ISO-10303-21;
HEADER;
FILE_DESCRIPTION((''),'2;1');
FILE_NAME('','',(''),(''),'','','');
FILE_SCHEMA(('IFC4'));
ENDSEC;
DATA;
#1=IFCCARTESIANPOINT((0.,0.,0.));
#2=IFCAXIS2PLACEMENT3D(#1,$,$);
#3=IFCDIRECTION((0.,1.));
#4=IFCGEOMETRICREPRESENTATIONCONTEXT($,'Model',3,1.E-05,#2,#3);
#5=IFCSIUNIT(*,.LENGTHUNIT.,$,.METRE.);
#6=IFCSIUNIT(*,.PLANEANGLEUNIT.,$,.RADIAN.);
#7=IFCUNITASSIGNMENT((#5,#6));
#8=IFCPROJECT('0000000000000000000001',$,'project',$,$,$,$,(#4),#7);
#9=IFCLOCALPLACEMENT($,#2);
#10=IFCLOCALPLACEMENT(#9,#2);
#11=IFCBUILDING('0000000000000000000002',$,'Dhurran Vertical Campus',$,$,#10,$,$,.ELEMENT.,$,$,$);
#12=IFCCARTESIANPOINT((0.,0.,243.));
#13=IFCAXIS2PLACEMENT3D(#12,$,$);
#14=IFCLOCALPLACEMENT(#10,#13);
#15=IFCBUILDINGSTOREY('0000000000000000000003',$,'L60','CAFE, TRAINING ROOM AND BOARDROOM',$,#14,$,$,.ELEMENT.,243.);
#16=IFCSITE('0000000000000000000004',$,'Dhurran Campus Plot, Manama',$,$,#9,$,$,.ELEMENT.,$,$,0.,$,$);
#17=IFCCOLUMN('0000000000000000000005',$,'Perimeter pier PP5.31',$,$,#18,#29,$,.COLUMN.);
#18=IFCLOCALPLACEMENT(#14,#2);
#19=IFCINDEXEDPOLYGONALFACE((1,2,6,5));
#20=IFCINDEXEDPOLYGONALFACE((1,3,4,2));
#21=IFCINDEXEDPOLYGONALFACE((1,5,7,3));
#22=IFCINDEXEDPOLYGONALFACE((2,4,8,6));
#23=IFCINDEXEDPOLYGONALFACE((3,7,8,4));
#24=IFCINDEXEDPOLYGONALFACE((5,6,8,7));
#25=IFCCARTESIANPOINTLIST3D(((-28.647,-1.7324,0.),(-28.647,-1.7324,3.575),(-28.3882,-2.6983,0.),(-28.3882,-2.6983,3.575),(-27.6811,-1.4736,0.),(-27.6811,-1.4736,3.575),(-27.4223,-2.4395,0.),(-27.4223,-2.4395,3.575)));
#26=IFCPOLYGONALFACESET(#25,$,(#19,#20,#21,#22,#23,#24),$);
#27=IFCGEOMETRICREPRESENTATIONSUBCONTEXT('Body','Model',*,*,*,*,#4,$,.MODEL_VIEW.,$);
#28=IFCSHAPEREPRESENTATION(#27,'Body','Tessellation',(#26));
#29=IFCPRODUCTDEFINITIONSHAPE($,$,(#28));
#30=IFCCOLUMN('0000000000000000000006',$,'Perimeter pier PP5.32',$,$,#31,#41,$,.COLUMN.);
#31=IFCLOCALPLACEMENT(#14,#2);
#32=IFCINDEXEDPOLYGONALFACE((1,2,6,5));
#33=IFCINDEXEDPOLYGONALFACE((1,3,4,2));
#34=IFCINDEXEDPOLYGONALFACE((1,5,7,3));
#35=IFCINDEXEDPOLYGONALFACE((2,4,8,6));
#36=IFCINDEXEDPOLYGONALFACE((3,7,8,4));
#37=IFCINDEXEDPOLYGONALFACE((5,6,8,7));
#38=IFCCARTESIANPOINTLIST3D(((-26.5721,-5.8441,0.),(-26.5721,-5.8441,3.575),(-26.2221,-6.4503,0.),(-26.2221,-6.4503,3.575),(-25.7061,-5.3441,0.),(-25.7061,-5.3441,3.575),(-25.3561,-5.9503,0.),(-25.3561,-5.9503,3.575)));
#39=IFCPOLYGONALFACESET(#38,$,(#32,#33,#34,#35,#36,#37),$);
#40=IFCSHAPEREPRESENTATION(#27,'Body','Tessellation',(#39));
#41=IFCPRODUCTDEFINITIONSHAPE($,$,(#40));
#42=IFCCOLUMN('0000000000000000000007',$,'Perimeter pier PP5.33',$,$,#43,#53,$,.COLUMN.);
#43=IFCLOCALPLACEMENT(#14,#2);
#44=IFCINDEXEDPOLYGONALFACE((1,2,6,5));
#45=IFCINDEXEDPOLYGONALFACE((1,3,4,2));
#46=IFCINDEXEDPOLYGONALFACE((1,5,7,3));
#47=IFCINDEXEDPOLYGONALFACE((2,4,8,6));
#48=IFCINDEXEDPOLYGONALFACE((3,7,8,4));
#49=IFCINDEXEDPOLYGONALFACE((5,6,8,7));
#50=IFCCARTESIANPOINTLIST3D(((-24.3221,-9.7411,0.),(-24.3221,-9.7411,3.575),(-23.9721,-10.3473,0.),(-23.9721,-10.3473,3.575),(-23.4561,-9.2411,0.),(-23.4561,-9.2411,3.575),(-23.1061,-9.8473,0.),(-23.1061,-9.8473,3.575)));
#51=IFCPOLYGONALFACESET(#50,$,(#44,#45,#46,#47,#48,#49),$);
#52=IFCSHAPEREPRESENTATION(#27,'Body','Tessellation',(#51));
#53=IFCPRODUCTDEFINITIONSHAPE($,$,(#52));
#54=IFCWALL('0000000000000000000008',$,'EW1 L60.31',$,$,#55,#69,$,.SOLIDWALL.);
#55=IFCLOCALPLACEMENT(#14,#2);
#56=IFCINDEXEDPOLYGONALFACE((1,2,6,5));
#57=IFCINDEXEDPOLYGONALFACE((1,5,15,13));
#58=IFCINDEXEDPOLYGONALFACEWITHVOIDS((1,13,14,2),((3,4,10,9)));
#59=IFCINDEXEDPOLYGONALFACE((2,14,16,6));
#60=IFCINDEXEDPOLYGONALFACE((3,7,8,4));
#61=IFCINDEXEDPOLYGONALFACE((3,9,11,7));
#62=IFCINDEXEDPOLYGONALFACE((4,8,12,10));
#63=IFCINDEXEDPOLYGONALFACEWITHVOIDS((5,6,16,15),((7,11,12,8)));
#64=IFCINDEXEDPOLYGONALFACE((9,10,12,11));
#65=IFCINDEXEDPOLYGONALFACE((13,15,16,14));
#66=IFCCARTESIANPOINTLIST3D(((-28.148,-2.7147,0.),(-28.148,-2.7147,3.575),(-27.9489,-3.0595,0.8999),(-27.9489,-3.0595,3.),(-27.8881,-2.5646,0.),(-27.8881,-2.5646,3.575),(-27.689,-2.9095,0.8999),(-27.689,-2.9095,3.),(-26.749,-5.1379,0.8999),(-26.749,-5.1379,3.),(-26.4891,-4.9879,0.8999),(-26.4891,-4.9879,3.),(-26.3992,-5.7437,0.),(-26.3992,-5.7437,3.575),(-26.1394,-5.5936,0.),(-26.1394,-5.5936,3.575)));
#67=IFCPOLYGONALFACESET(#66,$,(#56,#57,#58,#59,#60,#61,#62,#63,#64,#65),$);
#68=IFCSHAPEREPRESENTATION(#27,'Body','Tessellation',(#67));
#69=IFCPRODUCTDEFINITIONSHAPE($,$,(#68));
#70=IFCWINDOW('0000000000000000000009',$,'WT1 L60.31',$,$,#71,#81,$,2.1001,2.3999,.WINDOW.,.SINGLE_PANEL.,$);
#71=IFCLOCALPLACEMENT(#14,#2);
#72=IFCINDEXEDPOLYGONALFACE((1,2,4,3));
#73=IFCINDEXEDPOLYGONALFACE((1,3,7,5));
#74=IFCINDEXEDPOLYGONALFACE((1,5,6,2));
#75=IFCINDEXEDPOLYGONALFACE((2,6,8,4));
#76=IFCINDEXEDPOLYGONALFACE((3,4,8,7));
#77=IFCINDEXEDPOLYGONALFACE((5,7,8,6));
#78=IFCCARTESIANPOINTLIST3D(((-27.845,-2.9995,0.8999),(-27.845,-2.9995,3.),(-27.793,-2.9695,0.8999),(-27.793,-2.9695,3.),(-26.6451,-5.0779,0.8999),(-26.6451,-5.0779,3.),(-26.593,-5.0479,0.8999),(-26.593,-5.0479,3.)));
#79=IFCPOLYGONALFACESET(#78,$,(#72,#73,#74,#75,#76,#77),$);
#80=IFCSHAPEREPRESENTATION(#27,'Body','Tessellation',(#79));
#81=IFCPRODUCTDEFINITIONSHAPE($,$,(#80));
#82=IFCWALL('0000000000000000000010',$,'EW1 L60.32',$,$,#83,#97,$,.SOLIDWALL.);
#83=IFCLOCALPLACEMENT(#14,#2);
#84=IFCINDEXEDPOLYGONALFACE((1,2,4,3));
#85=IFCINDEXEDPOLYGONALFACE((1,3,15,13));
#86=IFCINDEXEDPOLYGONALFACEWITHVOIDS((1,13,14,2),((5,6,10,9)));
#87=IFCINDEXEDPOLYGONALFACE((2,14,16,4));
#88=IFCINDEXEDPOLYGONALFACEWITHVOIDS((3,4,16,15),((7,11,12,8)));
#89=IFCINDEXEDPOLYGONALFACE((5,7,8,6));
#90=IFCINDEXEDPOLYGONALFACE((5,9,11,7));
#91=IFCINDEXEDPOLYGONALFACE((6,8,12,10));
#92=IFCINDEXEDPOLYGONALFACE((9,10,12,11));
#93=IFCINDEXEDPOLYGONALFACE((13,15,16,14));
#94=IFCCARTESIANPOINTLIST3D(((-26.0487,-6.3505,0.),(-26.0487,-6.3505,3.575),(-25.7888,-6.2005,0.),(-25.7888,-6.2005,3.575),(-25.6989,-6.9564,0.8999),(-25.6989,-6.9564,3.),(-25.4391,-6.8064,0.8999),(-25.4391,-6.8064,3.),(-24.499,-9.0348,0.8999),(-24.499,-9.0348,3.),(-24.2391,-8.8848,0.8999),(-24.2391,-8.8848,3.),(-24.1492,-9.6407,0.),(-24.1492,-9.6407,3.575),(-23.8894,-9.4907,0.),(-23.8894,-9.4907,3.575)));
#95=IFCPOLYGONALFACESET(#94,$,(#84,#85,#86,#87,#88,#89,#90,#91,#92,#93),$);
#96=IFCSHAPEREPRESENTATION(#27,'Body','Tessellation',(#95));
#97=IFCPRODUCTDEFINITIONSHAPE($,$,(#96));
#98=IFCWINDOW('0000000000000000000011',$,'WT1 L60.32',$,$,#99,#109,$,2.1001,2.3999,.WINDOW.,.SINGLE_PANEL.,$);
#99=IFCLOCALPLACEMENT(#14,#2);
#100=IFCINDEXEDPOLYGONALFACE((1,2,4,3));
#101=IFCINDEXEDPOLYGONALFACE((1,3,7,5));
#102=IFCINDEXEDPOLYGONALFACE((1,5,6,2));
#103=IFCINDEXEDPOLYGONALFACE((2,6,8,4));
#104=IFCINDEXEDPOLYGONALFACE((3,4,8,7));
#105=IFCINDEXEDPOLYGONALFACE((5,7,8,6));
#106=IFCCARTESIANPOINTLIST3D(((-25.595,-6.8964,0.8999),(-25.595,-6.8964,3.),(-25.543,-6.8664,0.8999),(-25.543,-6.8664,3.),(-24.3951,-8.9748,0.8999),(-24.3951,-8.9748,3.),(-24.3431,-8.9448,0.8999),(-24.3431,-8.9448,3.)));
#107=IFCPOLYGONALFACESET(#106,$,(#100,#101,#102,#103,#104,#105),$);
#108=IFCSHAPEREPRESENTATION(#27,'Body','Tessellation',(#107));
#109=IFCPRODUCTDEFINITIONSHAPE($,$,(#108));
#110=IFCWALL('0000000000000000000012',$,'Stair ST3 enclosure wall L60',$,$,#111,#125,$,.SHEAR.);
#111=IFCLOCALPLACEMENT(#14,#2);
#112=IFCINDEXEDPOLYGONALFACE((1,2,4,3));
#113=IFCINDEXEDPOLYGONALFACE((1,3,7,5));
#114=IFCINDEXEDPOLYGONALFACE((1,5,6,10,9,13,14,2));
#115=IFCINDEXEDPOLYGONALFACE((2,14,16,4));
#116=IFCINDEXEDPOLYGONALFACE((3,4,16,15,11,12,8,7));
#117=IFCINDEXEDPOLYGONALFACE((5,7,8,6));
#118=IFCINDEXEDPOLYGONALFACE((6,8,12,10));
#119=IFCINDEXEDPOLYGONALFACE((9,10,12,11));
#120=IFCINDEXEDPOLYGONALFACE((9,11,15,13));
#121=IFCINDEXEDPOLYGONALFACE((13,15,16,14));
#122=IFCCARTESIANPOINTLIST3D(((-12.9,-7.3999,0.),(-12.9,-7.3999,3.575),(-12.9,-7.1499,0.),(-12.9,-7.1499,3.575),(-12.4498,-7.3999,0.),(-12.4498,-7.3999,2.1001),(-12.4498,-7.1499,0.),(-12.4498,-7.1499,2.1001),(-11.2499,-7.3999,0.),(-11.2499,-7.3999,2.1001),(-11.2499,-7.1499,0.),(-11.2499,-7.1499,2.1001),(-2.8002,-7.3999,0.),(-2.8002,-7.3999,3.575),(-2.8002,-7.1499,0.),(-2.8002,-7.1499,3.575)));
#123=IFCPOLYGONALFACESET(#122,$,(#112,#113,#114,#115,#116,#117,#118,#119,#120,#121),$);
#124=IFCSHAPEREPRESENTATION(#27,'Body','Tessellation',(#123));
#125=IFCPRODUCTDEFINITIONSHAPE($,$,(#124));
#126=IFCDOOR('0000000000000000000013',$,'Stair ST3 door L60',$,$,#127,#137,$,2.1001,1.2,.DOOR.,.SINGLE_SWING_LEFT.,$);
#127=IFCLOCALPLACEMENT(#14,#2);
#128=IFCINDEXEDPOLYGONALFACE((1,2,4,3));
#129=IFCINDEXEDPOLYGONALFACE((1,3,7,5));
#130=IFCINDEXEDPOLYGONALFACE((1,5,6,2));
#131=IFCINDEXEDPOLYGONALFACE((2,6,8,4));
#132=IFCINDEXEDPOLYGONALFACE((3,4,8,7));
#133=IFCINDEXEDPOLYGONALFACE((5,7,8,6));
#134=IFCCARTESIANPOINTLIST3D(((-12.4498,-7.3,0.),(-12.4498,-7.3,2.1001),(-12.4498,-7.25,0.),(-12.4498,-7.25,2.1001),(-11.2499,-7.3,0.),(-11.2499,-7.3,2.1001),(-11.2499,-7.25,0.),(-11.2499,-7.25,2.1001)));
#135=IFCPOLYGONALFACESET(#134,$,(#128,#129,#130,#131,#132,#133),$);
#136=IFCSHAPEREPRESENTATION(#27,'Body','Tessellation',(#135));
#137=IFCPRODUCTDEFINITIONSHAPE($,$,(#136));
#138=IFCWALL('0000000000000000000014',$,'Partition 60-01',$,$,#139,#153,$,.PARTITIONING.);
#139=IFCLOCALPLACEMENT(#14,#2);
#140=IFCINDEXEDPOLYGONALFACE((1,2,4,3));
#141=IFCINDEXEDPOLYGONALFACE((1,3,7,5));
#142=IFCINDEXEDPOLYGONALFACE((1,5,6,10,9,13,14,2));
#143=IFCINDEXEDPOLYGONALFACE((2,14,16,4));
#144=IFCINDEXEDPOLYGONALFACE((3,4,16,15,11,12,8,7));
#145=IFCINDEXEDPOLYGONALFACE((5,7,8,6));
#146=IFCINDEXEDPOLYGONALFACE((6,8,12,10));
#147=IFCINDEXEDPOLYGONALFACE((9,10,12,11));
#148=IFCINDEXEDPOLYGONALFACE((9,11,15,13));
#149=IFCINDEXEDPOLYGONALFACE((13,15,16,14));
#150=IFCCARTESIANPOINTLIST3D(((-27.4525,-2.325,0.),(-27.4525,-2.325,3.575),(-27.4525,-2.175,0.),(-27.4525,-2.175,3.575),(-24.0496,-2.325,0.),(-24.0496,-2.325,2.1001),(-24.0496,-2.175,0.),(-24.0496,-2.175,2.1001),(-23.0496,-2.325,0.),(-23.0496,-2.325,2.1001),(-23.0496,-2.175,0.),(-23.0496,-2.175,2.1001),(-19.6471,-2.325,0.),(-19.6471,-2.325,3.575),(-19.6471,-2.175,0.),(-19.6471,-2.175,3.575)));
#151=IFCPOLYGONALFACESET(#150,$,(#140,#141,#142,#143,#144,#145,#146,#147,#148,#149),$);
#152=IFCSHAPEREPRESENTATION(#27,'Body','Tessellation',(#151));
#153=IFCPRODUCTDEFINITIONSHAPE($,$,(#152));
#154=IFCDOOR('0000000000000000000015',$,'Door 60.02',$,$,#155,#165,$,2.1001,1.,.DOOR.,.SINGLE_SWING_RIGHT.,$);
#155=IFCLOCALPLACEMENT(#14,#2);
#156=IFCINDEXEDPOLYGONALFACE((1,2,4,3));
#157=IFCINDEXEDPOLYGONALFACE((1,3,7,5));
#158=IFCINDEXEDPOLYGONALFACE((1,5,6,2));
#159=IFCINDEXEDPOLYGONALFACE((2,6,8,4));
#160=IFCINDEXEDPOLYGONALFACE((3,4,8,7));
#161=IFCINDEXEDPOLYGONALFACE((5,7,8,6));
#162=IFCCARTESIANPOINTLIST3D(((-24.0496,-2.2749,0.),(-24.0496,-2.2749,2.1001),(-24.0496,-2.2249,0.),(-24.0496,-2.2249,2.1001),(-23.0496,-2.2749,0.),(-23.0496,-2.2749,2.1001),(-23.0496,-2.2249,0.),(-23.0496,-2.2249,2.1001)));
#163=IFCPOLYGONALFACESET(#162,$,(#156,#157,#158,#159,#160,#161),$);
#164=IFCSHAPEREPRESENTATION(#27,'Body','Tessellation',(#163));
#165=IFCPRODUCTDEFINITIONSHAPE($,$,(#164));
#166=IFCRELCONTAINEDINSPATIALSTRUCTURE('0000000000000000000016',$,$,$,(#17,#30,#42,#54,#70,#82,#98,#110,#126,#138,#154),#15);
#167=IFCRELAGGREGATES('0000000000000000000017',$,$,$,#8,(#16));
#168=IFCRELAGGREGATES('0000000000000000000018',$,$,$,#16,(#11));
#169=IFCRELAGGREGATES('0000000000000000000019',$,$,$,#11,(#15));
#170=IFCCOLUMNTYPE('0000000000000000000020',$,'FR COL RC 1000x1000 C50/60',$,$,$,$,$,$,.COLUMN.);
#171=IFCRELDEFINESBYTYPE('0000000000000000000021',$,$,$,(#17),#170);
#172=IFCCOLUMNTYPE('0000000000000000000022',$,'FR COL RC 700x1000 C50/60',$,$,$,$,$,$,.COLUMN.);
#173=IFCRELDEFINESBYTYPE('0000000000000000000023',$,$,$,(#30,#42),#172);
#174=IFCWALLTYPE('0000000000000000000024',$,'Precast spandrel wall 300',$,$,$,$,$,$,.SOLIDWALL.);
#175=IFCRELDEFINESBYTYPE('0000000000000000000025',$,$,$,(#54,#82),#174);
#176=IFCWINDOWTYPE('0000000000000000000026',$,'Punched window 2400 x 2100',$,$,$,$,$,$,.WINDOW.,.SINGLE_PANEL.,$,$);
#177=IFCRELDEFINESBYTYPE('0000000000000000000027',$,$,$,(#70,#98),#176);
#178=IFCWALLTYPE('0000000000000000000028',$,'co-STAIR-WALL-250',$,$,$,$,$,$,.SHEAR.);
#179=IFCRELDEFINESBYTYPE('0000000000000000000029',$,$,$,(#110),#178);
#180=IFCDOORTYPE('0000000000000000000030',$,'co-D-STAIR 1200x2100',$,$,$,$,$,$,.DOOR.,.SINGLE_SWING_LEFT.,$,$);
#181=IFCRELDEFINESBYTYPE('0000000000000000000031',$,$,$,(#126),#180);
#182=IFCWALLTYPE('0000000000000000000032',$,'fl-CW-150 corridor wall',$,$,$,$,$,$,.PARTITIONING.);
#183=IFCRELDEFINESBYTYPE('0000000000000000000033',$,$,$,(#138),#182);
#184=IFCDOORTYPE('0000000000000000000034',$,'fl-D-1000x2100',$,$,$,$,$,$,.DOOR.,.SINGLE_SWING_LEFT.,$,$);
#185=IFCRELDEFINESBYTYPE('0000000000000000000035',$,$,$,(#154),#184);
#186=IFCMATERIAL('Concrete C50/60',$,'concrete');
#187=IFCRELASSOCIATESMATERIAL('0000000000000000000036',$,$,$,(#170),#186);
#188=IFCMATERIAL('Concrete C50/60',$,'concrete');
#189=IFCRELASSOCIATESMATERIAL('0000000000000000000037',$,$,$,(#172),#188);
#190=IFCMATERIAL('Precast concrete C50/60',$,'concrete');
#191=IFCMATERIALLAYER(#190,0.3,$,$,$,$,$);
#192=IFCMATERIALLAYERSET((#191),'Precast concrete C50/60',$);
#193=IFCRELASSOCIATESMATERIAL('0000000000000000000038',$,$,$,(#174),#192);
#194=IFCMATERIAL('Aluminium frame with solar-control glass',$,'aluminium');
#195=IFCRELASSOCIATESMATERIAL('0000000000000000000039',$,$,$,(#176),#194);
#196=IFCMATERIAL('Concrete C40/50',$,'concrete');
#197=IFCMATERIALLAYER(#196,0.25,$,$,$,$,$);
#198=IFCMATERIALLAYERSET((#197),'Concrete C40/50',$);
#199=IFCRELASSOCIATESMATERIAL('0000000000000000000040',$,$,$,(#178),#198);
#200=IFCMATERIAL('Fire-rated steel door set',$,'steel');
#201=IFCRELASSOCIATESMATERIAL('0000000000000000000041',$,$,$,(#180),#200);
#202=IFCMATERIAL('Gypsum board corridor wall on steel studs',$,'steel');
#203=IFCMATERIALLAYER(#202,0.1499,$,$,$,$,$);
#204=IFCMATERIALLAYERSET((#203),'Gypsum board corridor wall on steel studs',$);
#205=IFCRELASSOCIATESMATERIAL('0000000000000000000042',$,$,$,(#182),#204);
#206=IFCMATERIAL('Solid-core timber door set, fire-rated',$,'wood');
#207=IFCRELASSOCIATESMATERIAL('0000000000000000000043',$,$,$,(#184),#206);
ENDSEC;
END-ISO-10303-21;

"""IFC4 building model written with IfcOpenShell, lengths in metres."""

from ifc_helpers import new_model, si_unit, direction, frame, frame_2d, origin, origin_2d, place, context, subcontext, project, spatial, rectangle, extrude, material, layer, layer_set, material_profile, profile_set, type_object, element, fill, save


model = new_model("IFC4")

# Units and contexts
model_context = context("Model", 3, precision=1e-05, world=origin(), true_north=direction((0.0, 1.0)))
body_context = subcontext(model_context, "Body", "Model", "MODEL_VIEW")
ifc_project = project(units=[si_unit("LENGTHUNIT", "METRE"), si_unit("PLANEANGLEUNIT", "RADIAN")], contexts=[model_context])

# Site, building, storey
site_placement = place(None, origin())
site = spatial("IfcSite", under=ifc_project, at=site_placement, Name="Dhurran Campus Plot, Manama", CompositionType="ELEMENT", RefElevation=0.0)
building_placement = place(site_placement, origin())
building = spatial("IfcBuilding", under=site, at=building_placement, Name="Dhurran Vertical Campus", CompositionType="ELEMENT")
storey_placement = place(building_placement, frame((0.0, 0.0, 243.0)))
storey = spatial("IfcBuildingStorey", under=building, at=storey_placement, Name="L60", Description="CAFE, TRAINING ROOM AND BOARDROOM", CompositionType="ELEMENT", Elevation=243.0)

# Columns
ifc_material_1 = material(Name="Concrete C50/60", Category="concrete")
ifc_material_profile_1 = material_profile(ifc_material_1, rectangle(XDim=1.0, YDim=1.0, at=origin_2d()), Name="RC 1000x1000")
ifc_profile_set_1 = profile_set([ifc_material_profile_1], Name="Concrete C50/60")
column_type_1 = type_object("IfcColumnType", Name="FR COL RC 1000x1000 C50/60", PredefinedType="COLUMN", material=ifc_profile_set_1)
column_placement = place(storey_placement, frame((-28.0347, -2.0859, 0.0), z_axis=(0.0, 0.0, 1.0), x_axis=(0.258819, -0.965926, 0.0)))
element("IfcColumn", 1, at=column_placement, inside=storey, type_object=column_type_1, Name="Perimeter pier PP5.31", PredefinedType="COLUMN", context=body_context, shape_type="SweptSolid", body=[
    extrude(rectangle(XDim=1.0, YDim=1.0, at=origin_2d()), origin(), (0.0, 0.0, 1.0), 3.575),
])
ifc_material_2 = material(Name="Concrete C50/60", Category="concrete")
ifc_material_profile_2 = material_profile(ifc_material_2, rectangle(XDim=0.7, YDim=1.0, at=origin_2d()), Name="RC 700x1000")
ifc_profile_set_2 = profile_set([ifc_material_profile_2], Name="Concrete C50/60")
column_type_2 = type_object("IfcColumnType", Name="FR COL RC 700x1000 C50/60", PredefinedType="COLUMN", material=ifc_profile_set_2)
for number, where, z_axis, x_axis, name in (
    (2, (-25.9641, -5.8972, 0.0), (0.0, 0.0, 1.0), (0.5, -0.866025, 0.0), "Perimeter pier PP5.32"),
    (3, (-23.7141, -9.7942, 0.0), (0.0, 0.0, 1.0), (0.5, -0.866025, 0.0), "Perimeter pier PP5.33"),
):
    element("IfcColumn", number, at=place(storey_placement, frame(where, z_axis=z_axis, x_axis=x_axis)), inside=storey, type_object=column_type_2, Name=name, PredefinedType="COLUMN", context=body_context, shape_type="SweptSolid", body=[
        extrude(rectangle(XDim=0.7, YDim=1.0, at=origin_2d()), origin(), (0.0, 0.0, 1.0), 3.575),
    ])

# Walls, openings, windows
ifc_material_3 = material(Name="Precast concrete C50/60", Category="concrete")
ifc_layer_1 = layer(ifc_material_3, 0.3)
ifc_layer_set_1 = layer_set([ifc_layer_1], Name="Precast concrete C50/60")
wall_type_1 = type_object("IfcWallType", Name="Precast spandrel wall 300", PredefinedType="SOLIDWALL", material=ifc_layer_set_1)
wall_1_placement = place(storey_placement, frame((-28.0181, -2.6396, 0.0), z_axis=(0.0, 0.0, 1.0), x_axis=(0.49999, -0.866031, 0.0)))
wall_1 = element("IfcWall", 4, at=wall_1_placement, inside=storey, type_object=wall_type_1, Name="EW1 L60.31", PredefinedType="SOLIDWALL", context=body_context, shape_type="SweptSolid", body=[
    extrude(rectangle(XDim=3.4976, YDim=0.3, at=frame_2d((1.7488, 0.0))), origin(), (0.0, 0.0, 1.0), 3.575),
])
opening_1_placement = place(wall_1_placement, frame((0.3982, 0.0, 0.8999)))
opening_1 = element("IfcOpeningElement", 5, at=opening_1_placement, cuts=wall_1, PredefinedType="OPENING", context=body_context, shape_type="SweptSolid", body=[
    extrude(rectangle(XDim=2.3999, YDim=2.1001, at=frame_2d((1.2, 1.05))), frame((0.0, 0.1599, 0.0), z_axis=(0.0, -1.0, 0.0), x_axis=(1.0, 0.0, 0.0)), (0.0, 0.0, 1.0), 0.3201),
])
ifc_material_4 = material(Name="Aluminium frame with solar-control glass", Category="aluminium")
window_type = type_object("IfcWindowType", Name="Punched window 2400 x 2100", PartitioningType="SINGLE_PANEL", PredefinedType="WINDOW", material=ifc_material_4)
window_1_placement = place(opening_1_placement, origin())
window_1 = element("IfcWindow", 6, at=window_1_placement, inside=storey, type_object=window_type, Name="WT1 L60.31", OverallHeight=2.1001, OverallWidth=2.3999, PartitioningType="SINGLE_PANEL", PredefinedType="WINDOW", context=body_context, shape_type="SweptSolid", body=[
    extrude(rectangle(XDim=2.3999, YDim=2.1001, at=frame_2d((1.2, 1.05))), frame((0.0, 0.03, 0.0), z_axis=(0.0, -1.0, 0.0), x_axis=(1.0, 0.0, 0.0)), (0.0, 0.0, 1.0), 0.0601),
])
fill(opening_1, window_1)
wall_2_placement = place(storey_placement, frame((-25.9187, -6.2756, 0.0), z_axis=(0.0, 0.0, 1.0), x_axis=(0.499982, -0.866036, 0.0)))
wall_2 = element("IfcWall", 7, at=wall_2_placement, inside=storey, type_object=wall_type_1, Name="EW1 L60.32", PredefinedType="SOLIDWALL", context=body_context, shape_type="SweptSolid", body=[
    extrude(rectangle(XDim=3.7991, YDim=0.3, at=frame_2d((1.8994, 0.0))), origin(), (0.0, 0.0, 1.0), 3.575),
])
opening_2_placement = place(wall_2_placement, frame((0.6995, 0.0, 0.8999)))
opening_2 = element("IfcOpeningElement", 8, at=opening_2_placement, cuts=wall_2, PredefinedType="OPENING", context=body_context, shape_type="SweptSolid", body=[
    extrude(rectangle(XDim=2.3999, YDim=2.1001, at=frame_2d((1.2, 1.05))), frame((0.0, 0.1599, 0.0), z_axis=(0.0, -1.0, 0.0), x_axis=(1.0, 0.0, 0.0)), (0.0, 0.0, 1.0), 0.3201),
])
window_2_placement = place(opening_2_placement, origin())
window_2 = element("IfcWindow", 9, at=window_2_placement, inside=storey, type_object=window_type, Name="WT1 L60.32", OverallHeight=2.1001, OverallWidth=2.3999, PartitioningType="SINGLE_PANEL", PredefinedType="WINDOW", context=body_context, shape_type="SweptSolid", body=[
    extrude(rectangle(XDim=2.3999, YDim=2.1001, at=frame_2d((1.2, 1.05))), frame((0.0, 0.03, 0.0), z_axis=(0.0, -1.0, 0.0), x_axis=(1.0, 0.0, 0.0)), (0.0, 0.0, 1.0), 0.0601),
])
fill(opening_2, window_2)

# Walls, openings, doors
ifc_material_5 = material(Name="Concrete C40/50", Category="concrete")
ifc_layer_2 = layer(ifc_material_5, 0.25)
ifc_layer_set_2 = layer_set([ifc_layer_2], Name="Concrete C40/50")
wall_type_2 = type_object("IfcWallType", Name="co-STAIR-WALL-250", PredefinedType="SHEAR", material=ifc_layer_set_2)
wall_3_placement = place(storey_placement, frame((-12.8999, -7.2749, 0.0), z_axis=(0.0, 0.0, 1.0), x_axis=(1.0, 0.0, 0.0)))
wall_3 = element("IfcWall", 10, at=wall_3_placement, inside=storey, type_object=wall_type_2, Name="Stair ST3 enclosure wall L60", PredefinedType="SHEAR", context=body_context, shape_type="SweptSolid", body=[
    extrude(rectangle(XDim=10.0999, YDim=0.25, at=frame_2d((5.0498, 0.0))), origin(), (0.0, 0.0, 1.0), 3.575),
])
opening_3_placement = place(wall_3_placement, frame((0.45, 0.0, 0.0)))
opening_3 = element("IfcOpeningElement", 11, at=opening_3_placement, cuts=wall_3, PredefinedType="OPENING", context=body_context, shape_type="SweptSolid", body=[
    extrude(rectangle(XDim=1.2, YDim=2.1001, at=frame_2d((0.6001, 1.05))), frame((0.0, 0.135, 0.0), z_axis=(0.0, -1.0, 0.0), x_axis=(1.0, 0.0, 0.0)), (0.0, 0.0, 1.0), 0.27),
])
ifc_material_6 = material(Name="Fire-rated steel door set", Category="steel")
door_type_1 = type_object("IfcDoorType", Name="co-D-STAIR 1200x2100", OperationType="SINGLE_SWING_LEFT", PredefinedType="DOOR", material=ifc_material_6)
door_1_placement = place(opening_3_placement, origin())
door_1 = element("IfcDoor", 12, at=door_1_placement, inside=storey, type_object=door_type_1, Name="Stair ST3 door L60", OperationType="SINGLE_SWING_LEFT", OverallHeight=2.1001, OverallWidth=1.2, PredefinedType="DOOR", context=body_context, shape_type="SweptSolid", body=[
    extrude(rectangle(XDim=1.2, YDim=2.1001, at=frame_2d((0.6001, 1.05))), frame((0.0, 0.0249, 0.0), z_axis=(0.0, -1.0, 0.0), x_axis=(1.0, 0.0, 0.0)), (0.0, 0.0, 1.0), 0.05),
])
fill(opening_3, door_1)
ifc_material_7 = material(Name="Gypsum board corridor wall on steel studs", Category="steel")
ifc_layer_3 = layer(ifc_material_7, 0.1499)
ifc_layer_set_3 = layer_set([ifc_layer_3], Name="Gypsum board corridor wall on steel studs")
wall_type_3 = type_object("IfcWallType", Name="fl-CW-150 corridor wall", PredefinedType="PARTITIONING", material=ifc_layer_set_3)
wall_4_placement = place(storey_placement, frame((-19.647, -2.25, 0.0), z_axis=(0.0, 0.0, 1.0), x_axis=(-1.0, 0.0, 0.0)))
wall_4 = element("IfcWall", 13, at=wall_4_placement, inside=storey, type_object=wall_type_3, Name="Partition 60-01", PredefinedType="PARTITIONING", context=body_context, shape_type="SweptSolid", body=[
    extrude(rectangle(XDim=7.8054, YDim=0.1499, at=frame_2d((3.9028, 0.0))), origin(), (0.0, 0.0, 1.0), 3.575),
])
opening_4_placement = place(wall_4_placement, frame((3.4026, 0.0, 0.0)))
opening_4 = element("IfcOpeningElement", 14, at=opening_4_placement, cuts=wall_4, PredefinedType="OPENING", context=body_context, shape_type="SweptSolid", body=[
    extrude(rectangle(XDim=1.0, YDim=2.1001, at=frame_2d((0.5, 1.05))), frame((0.0, 0.085, 0.0), z_axis=(0.0, -1.0, 0.0), x_axis=(1.0, 0.0, 0.0)), (0.0, 0.0, 1.0), 0.1699),
])
ifc_material_8 = material(Name="Solid-core timber door set, fire-rated", Category="wood")
door_type_2 = type_object("IfcDoorType", Name="fl-D-1000x2100", OperationType="SINGLE_SWING_LEFT", PredefinedType="DOOR", material=ifc_material_8)
door_2_placement = place(opening_4_placement, origin())
door_2 = element("IfcDoor", 15, at=door_2_placement, inside=storey, type_object=door_type_2, Name="Door 60.02", OperationType="SINGLE_SWING_RIGHT", OverallHeight=2.1001, OverallWidth=1.0, PredefinedType="DOOR", context=body_context, shape_type="SweptSolid", body=[
    extrude(rectangle(XDim=1.0, YDim=2.1001, at=frame_2d((0.5, 1.05))), frame((0.0, 0.0249, 0.0), z_axis=(0.0, -1.0, 0.0), x_axis=(1.0, 0.0, 0.0)), (0.0, 0.0, 1.0), 0.05),
])
fill(opening_4, door_2)

save(model, "model.ifc")
